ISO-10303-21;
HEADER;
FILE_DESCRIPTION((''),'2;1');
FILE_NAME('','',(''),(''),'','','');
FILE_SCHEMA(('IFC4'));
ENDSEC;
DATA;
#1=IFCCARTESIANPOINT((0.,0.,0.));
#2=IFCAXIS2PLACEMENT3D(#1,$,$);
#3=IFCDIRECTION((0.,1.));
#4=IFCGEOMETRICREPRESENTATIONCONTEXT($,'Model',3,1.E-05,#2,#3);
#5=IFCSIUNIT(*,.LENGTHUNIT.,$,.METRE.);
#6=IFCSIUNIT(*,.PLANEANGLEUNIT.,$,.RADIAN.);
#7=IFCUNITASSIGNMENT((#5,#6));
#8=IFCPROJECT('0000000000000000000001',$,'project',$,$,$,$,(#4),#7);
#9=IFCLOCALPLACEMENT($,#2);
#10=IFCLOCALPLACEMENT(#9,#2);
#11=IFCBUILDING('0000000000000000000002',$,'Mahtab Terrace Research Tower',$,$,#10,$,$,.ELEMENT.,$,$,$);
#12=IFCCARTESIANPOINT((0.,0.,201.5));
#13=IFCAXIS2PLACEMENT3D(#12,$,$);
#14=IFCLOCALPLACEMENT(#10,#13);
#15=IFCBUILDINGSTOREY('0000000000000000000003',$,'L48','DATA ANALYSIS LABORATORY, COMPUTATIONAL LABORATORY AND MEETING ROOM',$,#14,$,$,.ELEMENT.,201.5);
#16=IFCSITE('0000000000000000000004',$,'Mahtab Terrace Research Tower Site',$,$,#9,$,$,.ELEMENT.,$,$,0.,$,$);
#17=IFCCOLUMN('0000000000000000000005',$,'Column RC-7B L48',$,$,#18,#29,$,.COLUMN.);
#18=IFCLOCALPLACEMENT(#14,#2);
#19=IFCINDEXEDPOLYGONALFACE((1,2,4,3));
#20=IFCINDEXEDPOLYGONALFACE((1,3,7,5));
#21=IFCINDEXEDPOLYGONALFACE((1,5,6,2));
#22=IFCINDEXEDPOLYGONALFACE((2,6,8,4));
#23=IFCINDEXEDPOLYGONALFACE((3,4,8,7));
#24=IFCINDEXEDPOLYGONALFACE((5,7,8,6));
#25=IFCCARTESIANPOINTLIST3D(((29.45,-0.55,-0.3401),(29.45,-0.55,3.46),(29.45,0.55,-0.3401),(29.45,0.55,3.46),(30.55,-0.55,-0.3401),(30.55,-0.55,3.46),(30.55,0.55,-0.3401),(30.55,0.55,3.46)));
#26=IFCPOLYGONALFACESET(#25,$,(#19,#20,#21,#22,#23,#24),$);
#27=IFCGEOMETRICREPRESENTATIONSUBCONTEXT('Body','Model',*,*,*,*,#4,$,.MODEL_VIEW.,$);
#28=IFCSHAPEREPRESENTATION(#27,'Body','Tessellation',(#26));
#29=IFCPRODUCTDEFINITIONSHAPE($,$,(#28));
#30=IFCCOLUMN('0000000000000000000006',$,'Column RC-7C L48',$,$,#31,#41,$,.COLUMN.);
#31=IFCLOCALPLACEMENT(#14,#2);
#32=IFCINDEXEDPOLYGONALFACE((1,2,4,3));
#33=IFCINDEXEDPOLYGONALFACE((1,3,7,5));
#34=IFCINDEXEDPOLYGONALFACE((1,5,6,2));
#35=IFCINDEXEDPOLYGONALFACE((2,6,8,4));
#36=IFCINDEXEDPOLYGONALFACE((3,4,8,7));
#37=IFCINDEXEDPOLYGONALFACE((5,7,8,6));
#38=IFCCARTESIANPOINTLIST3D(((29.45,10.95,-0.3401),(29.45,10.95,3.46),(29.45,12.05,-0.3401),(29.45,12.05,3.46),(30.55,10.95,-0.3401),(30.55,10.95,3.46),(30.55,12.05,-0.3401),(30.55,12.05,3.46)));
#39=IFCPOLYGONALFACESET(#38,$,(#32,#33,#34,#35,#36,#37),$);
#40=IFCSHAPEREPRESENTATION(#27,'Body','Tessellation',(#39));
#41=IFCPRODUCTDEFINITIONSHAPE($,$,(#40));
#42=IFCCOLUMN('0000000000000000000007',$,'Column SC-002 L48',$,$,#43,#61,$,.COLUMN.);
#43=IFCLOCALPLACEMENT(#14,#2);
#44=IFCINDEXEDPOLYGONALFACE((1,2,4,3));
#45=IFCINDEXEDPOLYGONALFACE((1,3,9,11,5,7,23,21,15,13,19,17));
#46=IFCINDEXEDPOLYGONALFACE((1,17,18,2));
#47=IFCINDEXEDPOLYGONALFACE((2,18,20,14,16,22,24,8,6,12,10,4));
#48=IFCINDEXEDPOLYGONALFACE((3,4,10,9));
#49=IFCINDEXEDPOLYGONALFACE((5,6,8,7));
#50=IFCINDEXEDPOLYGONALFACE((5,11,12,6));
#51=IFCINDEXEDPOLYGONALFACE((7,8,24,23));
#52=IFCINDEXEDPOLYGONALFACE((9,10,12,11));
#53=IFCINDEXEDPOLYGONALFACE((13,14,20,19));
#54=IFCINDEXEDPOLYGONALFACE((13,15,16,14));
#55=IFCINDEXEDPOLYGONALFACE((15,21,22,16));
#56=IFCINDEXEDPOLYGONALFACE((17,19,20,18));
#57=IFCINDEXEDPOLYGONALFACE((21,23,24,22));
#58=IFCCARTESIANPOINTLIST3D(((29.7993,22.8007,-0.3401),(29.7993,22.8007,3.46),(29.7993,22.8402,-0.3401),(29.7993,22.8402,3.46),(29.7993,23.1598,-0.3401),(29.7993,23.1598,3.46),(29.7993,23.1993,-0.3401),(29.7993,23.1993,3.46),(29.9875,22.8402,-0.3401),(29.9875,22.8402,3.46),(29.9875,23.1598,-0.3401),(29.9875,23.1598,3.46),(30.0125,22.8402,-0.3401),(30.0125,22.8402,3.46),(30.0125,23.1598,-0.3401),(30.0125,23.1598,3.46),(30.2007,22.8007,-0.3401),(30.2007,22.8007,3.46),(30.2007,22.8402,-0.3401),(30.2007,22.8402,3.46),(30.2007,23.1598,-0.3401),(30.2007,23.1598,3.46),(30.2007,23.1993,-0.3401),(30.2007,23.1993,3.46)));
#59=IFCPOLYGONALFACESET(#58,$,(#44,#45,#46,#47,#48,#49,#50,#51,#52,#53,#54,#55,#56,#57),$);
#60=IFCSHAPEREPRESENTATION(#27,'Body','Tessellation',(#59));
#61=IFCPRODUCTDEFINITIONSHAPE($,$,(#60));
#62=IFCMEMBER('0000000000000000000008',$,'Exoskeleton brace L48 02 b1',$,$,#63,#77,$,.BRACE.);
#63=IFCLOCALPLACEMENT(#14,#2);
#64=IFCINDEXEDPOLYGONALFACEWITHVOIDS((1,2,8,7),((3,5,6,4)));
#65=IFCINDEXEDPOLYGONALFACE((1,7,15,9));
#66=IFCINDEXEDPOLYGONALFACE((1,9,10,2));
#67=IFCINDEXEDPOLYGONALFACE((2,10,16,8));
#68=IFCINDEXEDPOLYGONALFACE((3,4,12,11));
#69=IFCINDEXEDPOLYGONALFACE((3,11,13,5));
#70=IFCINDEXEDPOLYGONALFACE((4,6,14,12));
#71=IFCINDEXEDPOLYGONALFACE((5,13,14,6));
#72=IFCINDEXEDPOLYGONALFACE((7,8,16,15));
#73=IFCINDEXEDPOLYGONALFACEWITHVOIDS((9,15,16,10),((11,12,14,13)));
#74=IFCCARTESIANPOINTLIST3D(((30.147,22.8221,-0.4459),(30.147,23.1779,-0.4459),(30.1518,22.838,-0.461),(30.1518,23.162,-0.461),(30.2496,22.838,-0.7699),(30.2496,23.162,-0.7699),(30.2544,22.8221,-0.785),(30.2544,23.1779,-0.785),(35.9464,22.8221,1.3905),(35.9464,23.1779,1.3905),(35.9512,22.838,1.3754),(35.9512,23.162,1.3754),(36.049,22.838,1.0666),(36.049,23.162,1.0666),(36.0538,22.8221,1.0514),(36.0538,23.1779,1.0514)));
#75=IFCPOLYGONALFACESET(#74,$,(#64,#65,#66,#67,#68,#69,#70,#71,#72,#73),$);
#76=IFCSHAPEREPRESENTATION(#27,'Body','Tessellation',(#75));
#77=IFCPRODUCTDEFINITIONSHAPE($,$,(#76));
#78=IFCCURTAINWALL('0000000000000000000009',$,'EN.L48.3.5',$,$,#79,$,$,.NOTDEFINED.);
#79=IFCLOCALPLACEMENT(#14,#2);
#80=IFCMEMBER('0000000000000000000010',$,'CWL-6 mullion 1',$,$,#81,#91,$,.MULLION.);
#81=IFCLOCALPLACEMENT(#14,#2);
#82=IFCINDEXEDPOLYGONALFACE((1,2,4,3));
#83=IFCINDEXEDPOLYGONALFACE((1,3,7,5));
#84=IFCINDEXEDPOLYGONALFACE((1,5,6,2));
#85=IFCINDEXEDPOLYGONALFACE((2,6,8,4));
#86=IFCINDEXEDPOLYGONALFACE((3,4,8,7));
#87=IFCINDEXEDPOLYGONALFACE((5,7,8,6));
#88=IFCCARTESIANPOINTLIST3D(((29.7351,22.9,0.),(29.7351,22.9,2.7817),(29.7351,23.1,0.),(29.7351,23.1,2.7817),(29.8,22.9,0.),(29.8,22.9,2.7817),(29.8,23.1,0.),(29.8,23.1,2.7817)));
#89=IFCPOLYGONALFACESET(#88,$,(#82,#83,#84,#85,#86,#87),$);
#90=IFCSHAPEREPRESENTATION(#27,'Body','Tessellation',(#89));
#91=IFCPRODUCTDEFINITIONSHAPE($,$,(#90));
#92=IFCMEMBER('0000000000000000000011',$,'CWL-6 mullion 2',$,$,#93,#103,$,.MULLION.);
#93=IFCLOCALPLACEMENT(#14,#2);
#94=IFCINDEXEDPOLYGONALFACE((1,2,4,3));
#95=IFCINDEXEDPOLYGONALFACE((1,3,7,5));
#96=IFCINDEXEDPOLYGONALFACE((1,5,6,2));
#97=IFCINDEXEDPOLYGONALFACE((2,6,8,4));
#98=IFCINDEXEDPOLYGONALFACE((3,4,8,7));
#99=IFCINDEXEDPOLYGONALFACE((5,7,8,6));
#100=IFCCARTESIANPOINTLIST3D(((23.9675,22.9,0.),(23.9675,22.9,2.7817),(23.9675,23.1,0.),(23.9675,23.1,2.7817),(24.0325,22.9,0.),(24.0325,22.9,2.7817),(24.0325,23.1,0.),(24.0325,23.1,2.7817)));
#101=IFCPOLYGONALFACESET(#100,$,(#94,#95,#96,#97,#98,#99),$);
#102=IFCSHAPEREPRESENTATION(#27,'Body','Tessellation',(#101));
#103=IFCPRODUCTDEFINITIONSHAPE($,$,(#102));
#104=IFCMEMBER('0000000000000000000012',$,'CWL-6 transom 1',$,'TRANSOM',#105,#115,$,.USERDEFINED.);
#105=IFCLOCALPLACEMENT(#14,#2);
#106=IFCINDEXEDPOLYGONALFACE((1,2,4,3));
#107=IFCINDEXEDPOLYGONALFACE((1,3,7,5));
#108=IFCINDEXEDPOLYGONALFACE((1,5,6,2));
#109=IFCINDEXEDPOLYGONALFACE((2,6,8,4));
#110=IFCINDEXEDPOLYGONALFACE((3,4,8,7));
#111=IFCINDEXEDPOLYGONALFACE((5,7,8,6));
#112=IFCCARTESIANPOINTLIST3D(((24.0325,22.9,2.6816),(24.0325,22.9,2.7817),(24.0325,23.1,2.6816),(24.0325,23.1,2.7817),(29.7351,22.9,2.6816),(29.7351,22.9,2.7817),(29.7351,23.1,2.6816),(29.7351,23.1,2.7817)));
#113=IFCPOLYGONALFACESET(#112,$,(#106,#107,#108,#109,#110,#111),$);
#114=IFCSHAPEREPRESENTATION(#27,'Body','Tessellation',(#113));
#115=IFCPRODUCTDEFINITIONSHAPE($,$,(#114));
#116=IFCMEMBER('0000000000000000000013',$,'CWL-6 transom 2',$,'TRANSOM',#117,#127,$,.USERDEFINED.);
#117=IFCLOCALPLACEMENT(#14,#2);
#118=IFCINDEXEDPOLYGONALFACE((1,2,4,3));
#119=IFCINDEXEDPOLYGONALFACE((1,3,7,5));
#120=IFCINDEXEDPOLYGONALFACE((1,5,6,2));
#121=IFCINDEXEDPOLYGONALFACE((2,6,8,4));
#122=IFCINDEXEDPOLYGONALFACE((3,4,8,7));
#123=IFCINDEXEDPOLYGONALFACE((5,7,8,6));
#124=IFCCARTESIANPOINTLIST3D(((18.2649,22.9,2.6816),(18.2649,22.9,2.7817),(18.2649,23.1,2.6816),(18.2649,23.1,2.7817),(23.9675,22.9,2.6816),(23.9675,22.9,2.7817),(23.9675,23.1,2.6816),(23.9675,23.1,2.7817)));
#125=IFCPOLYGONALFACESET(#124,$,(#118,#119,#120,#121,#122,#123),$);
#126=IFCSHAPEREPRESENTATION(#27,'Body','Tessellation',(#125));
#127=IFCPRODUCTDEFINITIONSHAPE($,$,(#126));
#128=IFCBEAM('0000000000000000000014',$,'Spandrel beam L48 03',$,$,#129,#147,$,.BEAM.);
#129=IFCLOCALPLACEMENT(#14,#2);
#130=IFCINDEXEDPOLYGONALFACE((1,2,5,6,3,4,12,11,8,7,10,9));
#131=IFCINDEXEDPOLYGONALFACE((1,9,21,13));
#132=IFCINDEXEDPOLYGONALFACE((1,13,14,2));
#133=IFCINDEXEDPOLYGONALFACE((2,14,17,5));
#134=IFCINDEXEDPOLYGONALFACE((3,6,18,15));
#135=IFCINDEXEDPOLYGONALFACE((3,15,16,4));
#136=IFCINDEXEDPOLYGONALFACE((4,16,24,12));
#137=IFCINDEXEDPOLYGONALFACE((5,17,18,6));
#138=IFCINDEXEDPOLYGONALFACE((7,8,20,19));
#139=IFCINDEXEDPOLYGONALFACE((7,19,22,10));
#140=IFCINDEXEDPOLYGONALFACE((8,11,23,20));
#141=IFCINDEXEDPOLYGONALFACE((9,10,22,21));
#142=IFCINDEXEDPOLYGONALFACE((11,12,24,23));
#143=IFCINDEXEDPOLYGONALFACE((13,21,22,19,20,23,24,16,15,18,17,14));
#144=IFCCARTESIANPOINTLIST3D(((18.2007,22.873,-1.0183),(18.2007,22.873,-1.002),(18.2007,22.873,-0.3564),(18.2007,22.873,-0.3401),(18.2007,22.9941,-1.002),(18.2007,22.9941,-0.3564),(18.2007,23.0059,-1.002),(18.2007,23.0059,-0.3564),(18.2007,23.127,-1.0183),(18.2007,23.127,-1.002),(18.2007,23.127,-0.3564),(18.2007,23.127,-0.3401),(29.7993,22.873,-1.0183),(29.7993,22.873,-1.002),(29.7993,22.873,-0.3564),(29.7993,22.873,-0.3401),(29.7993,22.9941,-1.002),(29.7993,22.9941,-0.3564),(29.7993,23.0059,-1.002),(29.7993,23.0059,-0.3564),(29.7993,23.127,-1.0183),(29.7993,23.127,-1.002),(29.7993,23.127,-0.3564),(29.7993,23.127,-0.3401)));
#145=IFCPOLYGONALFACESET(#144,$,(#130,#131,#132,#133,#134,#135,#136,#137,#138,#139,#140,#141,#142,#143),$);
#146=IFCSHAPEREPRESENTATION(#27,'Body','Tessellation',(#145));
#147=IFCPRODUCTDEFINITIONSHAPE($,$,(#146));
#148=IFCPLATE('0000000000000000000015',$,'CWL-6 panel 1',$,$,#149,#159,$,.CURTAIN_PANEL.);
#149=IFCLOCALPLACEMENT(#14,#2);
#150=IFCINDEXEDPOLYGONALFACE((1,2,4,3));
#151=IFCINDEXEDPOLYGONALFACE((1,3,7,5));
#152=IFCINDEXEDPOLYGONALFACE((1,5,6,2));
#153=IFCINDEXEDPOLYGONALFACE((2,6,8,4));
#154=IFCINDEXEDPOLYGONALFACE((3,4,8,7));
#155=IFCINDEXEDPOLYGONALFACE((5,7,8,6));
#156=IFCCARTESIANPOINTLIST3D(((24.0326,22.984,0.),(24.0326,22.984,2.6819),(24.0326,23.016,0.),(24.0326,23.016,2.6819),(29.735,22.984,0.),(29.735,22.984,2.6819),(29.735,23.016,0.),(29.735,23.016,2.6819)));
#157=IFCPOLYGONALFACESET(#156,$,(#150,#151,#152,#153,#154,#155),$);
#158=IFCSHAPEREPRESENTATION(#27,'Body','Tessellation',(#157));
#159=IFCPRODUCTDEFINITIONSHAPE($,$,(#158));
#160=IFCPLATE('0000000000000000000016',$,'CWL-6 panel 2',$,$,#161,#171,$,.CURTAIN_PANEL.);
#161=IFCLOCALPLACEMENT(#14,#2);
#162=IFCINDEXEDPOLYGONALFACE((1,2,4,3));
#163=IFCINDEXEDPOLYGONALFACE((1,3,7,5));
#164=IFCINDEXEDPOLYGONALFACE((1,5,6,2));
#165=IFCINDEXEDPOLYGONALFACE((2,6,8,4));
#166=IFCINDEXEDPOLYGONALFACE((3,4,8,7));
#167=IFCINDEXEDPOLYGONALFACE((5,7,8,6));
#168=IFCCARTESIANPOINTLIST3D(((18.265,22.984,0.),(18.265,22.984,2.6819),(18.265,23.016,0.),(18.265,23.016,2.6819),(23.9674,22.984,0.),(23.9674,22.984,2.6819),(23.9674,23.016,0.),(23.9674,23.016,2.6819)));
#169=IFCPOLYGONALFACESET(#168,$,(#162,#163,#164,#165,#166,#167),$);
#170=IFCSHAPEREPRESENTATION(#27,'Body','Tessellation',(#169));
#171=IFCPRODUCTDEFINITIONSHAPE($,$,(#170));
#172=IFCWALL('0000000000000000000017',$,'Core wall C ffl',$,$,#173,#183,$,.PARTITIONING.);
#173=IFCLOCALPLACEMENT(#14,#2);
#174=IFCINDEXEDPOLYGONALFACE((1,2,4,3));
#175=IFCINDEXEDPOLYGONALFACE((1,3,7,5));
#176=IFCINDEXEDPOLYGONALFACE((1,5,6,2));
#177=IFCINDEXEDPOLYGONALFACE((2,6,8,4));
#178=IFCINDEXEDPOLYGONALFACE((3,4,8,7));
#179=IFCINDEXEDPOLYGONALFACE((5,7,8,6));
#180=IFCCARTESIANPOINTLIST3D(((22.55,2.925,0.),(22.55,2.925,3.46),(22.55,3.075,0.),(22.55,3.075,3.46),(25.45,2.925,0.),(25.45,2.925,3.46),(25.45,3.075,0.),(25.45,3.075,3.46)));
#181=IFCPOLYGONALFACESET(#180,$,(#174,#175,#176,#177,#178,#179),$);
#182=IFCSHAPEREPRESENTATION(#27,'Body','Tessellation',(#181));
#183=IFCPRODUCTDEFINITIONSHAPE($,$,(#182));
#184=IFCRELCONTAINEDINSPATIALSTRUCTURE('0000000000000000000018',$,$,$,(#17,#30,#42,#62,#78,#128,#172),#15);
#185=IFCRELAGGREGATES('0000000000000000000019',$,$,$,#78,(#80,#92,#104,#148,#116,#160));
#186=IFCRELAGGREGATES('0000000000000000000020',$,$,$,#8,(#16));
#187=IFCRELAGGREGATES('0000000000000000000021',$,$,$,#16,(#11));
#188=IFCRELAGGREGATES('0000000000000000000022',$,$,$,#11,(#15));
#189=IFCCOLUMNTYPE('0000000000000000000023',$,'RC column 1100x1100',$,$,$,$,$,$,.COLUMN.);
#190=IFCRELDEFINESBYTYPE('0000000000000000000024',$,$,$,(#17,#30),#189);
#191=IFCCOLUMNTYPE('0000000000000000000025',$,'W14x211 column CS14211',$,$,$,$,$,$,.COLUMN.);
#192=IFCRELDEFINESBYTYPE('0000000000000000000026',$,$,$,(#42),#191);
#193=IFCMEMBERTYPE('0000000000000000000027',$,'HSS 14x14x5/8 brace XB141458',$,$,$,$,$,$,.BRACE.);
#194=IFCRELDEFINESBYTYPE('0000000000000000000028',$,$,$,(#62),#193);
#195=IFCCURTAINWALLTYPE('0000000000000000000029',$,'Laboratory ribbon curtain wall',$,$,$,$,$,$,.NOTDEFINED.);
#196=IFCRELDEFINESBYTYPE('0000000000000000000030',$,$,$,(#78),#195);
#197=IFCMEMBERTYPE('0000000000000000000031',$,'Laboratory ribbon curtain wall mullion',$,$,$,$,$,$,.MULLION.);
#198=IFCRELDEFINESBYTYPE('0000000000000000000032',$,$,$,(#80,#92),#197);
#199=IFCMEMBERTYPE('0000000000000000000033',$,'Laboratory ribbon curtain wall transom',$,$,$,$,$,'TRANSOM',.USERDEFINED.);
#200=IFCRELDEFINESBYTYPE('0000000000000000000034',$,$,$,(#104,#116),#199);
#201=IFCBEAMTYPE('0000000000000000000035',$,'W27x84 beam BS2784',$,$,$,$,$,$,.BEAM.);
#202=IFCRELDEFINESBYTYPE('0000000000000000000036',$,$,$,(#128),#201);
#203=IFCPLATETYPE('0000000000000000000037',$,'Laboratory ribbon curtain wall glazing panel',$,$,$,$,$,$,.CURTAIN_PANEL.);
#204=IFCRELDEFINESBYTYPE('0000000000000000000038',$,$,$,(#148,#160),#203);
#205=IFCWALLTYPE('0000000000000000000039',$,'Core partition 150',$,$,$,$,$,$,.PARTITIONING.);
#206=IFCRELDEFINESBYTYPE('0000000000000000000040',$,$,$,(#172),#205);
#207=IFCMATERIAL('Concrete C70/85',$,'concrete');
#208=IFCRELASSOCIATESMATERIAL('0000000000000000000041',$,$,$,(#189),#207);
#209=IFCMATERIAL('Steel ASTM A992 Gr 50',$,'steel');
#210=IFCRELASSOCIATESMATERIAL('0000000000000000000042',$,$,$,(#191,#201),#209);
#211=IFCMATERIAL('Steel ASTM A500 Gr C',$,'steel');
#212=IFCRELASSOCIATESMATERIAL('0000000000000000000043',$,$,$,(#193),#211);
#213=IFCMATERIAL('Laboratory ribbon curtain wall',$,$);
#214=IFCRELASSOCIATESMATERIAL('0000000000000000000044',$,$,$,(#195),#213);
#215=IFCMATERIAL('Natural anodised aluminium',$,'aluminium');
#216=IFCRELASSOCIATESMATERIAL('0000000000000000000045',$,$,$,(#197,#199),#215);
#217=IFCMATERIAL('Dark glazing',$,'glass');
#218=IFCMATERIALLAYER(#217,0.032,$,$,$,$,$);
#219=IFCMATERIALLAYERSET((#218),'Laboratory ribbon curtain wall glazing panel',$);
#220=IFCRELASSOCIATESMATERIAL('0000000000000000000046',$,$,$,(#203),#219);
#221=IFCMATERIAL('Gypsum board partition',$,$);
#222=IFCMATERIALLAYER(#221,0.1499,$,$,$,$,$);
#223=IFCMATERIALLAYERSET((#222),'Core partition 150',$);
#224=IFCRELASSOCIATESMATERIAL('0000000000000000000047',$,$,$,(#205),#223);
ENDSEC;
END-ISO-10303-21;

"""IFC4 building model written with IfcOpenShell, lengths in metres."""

from ifc_helpers import new_model, si_unit, direction, frame, frame_2d, origin, origin_2d, place, context, subcontext, project, spatial, rectangle, hollow_rectangle, i_section, extrude, material, layer, layer_set, material_profile, profile_set, type_object, element, aggregate, save


model = new_model("IFC4")

# Units and contexts
model_context = context("Model", 3, precision=1e-05, world=origin(), true_north=direction((0.0, 1.0)))
body_context = subcontext(model_context, "Body", "Model", "MODEL_VIEW")
ifc_project = project(units=[si_unit("LENGTHUNIT", "METRE"), si_unit("PLANEANGLEUNIT", "RADIAN")], contexts=[model_context])

# Site, building, storey
site_placement = place(None, origin())
site = spatial("IfcSite", under=ifc_project, at=site_placement, Name="Mahtab Terrace Research Tower Site", CompositionType="ELEMENT", RefElevation=0.0)
building_placement = place(site_placement, origin())
building = spatial("IfcBuilding", under=site, at=building_placement, Name="Mahtab Terrace Research Tower", CompositionType="ELEMENT")
storey_placement = place(building_placement, frame((0.0, 0.0, 201.5)))
storey = spatial("IfcBuildingStorey", under=building, at=storey_placement, Name="L48", Description="DATA ANALYSIS LABORATORY, COMPUTATIONAL LABORATORY AND MEETING ROOM", CompositionType="ELEMENT", Elevation=201.5)

# Columns
ifc_material_1 = material(Name="Concrete C70/85", Category="concrete")
ifc_material_profile_1 = material_profile(ifc_material_1, rectangle(XDim=1.1001, YDim=1.1001, at=origin_2d()), Name="RC column 1100x1100")
ifc_profile_set_1 = profile_set([ifc_material_profile_1], Name="Concrete C70/85")
column_type_1 = type_object("IfcColumnType", Name="RC column 1100x1100", PredefinedType="COLUMN", material=ifc_profile_set_1)
for number, where, z_axis, x_axis, name in (
    (1, (30.0, 0.0, -0.3401), (0.0, 0.0, 1.0), (1.0, 0.0, 0.0), "Column RC-7B L48"),
    (2, (30.0, 11.5, -0.3401), (0.0, 0.0, 1.0), (1.0, 0.0, 0.0), "Column RC-7C L48"),
):
    element("IfcColumn", number, at=place(storey_placement, frame(where, z_axis=z_axis, x_axis=x_axis)), inside=storey, type_object=column_type_1, Name=name, PredefinedType="COLUMN", context=body_context, shape_type="SweptSolid", body=[
        extrude(rectangle(XDim=1.1001, YDim=1.1001, at=origin_2d()), origin(), (0.0, 0.0, 1.0), 3.8),
    ])
ifc_material_2 = material(Name="Steel ASTM A992 Gr 50", Category="steel")
ifc_material_profile_2 = material_profile(ifc_material_2, i_section(OverallWidth=0.4014, OverallDepth=0.3987, WebThickness=0.0249, FlangeThickness=0.0396, at=origin_2d()), Name="W14X211")
ifc_profile_set_2 = profile_set([ifc_material_profile_2], Name="Steel ASTM A992 Gr 50")
column_type_2 = type_object("IfcColumnType", Name="W14x211 column CS14211", PredefinedType="COLUMN", material=ifc_profile_set_2)
column_placement = place(storey_placement, frame((30.0, 23.0, -0.3401), z_axis=(0.0, 0.0, 1.0), x_axis=(1.0, 0.0, 0.0)))
element("IfcColumn", 3, at=column_placement, inside=storey, type_object=column_type_2, Name="Column SC-002 L48", PredefinedType="COLUMN", context=body_context, shape_type="SweptSolid", body=[
    extrude(i_section(OverallWidth=0.4014, OverallDepth=0.3987, WebThickness=0.0249, FlangeThickness=0.0396, at=origin_2d()), origin(), (0.0, 0.0, 1.0), 3.8),
])

# Member
ifc_material_3 = material(Name="Steel ASTM A500 Gr C", Category="steel")
ifc_material_profile_3 = material_profile(ifc_material_3, hollow_rectangle(XDim=0.3557, YDim=0.3557, WallThickness=0.0159, at=origin_2d()), Name="HSS14X14X5/8")
ifc_profile_set_3 = profile_set([ifc_material_profile_3], Name="Steel ASTM A500 Gr C")
member_type_1 = type_object("IfcMemberType", Name="HSS 14x14x5/8 brace XB141458", PredefinedType="BRACE", material=ifc_profile_set_3)
member_1_placement = place(storey_placement, frame((30.2007, 23.0, -0.6155), z_axis=(0.953343, 0.0, 0.301888), x_axis=(0.0, 1.0, 0.0)))
element("IfcMember", 4, at=member_1_placement, inside=storey, type_object=member_type_1, Name="Exoskeleton brace L48 02 b1", PredefinedType="BRACE", context=body_context, shape_type="SweptSolid", body=[
    extrude(hollow_rectangle(XDim=0.3557, YDim=0.3557, WallThickness=0.0159, at=origin_2d()), origin(), (0.0, 0.0, 1.0), 6.0833),
])

# Curtain wall, members
ifc_material_4 = material(Name="Laboratory ribbon curtain wall")
curtain_wall_type = type_object("IfcCurtainWallType", Name="Laboratory ribbon curtain wall", PredefinedType="NOTDEFINED", material=ifc_material_4)
curtain_wall_placement = place(storey_placement, origin())
curtain_wall = element("IfcCurtainWall", 5, at=curtain_wall_placement, inside=storey, type_object=curtain_wall_type, Name="EN.L48.3.5", PredefinedType="NOTDEFINED")
ifc_material_5 = material(Name="Natural anodised aluminium", Category="aluminium")
ifc_material_profile_4 = material_profile(ifc_material_5, rectangle(XDim=0.2, YDim=0.0649, at=origin_2d()), Name="MULLION 65x200")
ifc_profile_set_4 = profile_set([ifc_material_profile_4], Name="Natural anodised aluminium")
member_type_2 = type_object("IfcMemberType", Name="Laboratory ribbon curtain wall mullion", PredefinedType="MULLION", material=ifc_profile_set_4)
member_2_placement = place(storey_placement, frame((29.7676, 23.0, 0.0), z_axis=(0.0, 0.0, 1.0), x_axis=(0.0, -1.0, 0.0)))
member_2 = element("IfcMember", 6, at=member_2_placement, type_object=member_type_2, Name="CWL-6 mullion 1", PredefinedType="MULLION", context=body_context, shape_type="SweptSolid", body=[
    extrude(rectangle(XDim=0.2, YDim=0.0649, at=origin_2d()), origin(), (0.0, 0.0, 1.0), 2.7817),
])
member_3_placement = place(storey_placement, frame((24.0, 23.0, 0.0), z_axis=(0.0, 0.0, 1.0), x_axis=(0.0, -1.0, 0.0)))
member_3 = element("IfcMember", 7, at=member_3_placement, type_object=member_type_2, Name="CWL-6 mullion 2", PredefinedType="MULLION", context=body_context, shape_type="SweptSolid", body=[
    extrude(rectangle(XDim=0.2, YDim=0.0649, at=origin_2d()), origin(), (0.0, 0.0, 1.0), 2.7817),
])
ifc_material_profile_5 = material_profile(ifc_material_5, rectangle(XDim=0.2, YDim=0.1001, at=origin_2d()), Name="TRANSOM 100x200")
ifc_profile_set_5 = profile_set([ifc_material_profile_5], Name="Natural anodised aluminium")
member_type_3 = type_object("IfcMemberType", Name="Laboratory ribbon curtain wall transom", ElementType="TRANSOM", PredefinedType="USERDEFINED", material=ifc_profile_set_5)
member_4_placement = place(storey_placement, frame((29.7351, 23.0, 2.7317), z_axis=(-1.0, 0.0, 0.0), x_axis=(0.0, -1.0, 0.0)))
member_4 = element("IfcMember", 8, at=member_4_placement, type_object=member_type_3, Name="CWL-6 transom 1", ObjectType="TRANSOM", PredefinedType="USERDEFINED", context=body_context, shape_type="SweptSolid", body=[
    extrude(rectangle(XDim=0.2, YDim=0.1001, at=origin_2d()), origin(), (0.0, 0.0, 1.0), 5.7026),
])
member_5_placement = place(storey_placement, frame((23.9675, 23.0, 2.7317), z_axis=(-1.0, 0.0, 0.0), x_axis=(0.0, -1.0, 0.0)))
member_5 = element("IfcMember", 9, at=member_5_placement, type_object=member_type_3, Name="CWL-6 transom 2", ObjectType="TRANSOM", PredefinedType="USERDEFINED", context=body_context, shape_type="SweptSolid", body=[
    extrude(rectangle(XDim=0.2, YDim=0.1001, at=origin_2d()), origin(), (0.0, 0.0, 1.0), 5.7026),
])

# Beam
ifc_material_profile_6 = material_profile(ifc_material_2, i_section(OverallWidth=0.2539, OverallDepth=0.6782, WebThickness=0.0117, FlangeThickness=0.0164, at=origin_2d()), Name="W27X84")
ifc_profile_set_6 = profile_set([ifc_material_profile_6], Name="Steel ASTM A992 Gr 50")
beam_type = type_object("IfcBeamType", Name="W27x84 beam BS2784", PredefinedType="BEAM", material=ifc_profile_set_6)
beam_placement = place(storey_placement, frame((29.7993, 23.0, -0.6792), z_axis=(-1.0, 0.0, 0.0), x_axis=(0.0, -1.0, 0.0)))
element("IfcBeam", 10, at=beam_placement, inside=storey, type_object=beam_type, Name="Spandrel beam L48 03", PredefinedType="BEAM", context=body_context, shape_type="SweptSolid", body=[
    extrude(i_section(OverallWidth=0.2539, OverallDepth=0.6782, WebThickness=0.0117, FlangeThickness=0.0164, at=origin_2d()), origin(), (0.0, 0.0, 1.0), 11.5986),
])

# Plates
ifc_material_6 = material(Name="Dark glazing", Category="glass")
ifc_layer_1 = layer(ifc_material_6, 0.032)
ifc_layer_set_1 = layer_set([ifc_layer_1], Name="Laboratory ribbon curtain wall glazing panel")
plate_type = type_object("IfcPlateType", Name="Laboratory ribbon curtain wall glazing panel", PredefinedType="CURTAIN_PANEL", material=ifc_layer_set_1)
plate_1_placement = place(storey_placement, frame((26.8838, 23.0, 0.0), z_axis=(0.0, 0.0, 1.0), x_axis=(-1.0, 0.0, 0.0)))
plate_1 = element("IfcPlate", 11, at=plate_1_placement, type_object=plate_type, Name="CWL-6 panel 1", PredefinedType="CURTAIN_PANEL", context=body_context, shape_type="SweptSolid", body=[
    extrude(rectangle(XDim=5.7024, YDim=0.032, at=origin_2d()), origin(), (0.0, 0.0, 1.0), 2.6819),
])
plate_2_placement = place(storey_placement, frame((21.1162, 23.0, 0.0), z_axis=(0.0, 0.0, 1.0), x_axis=(-1.0, 0.0, 0.0)))
plate_2 = element("IfcPlate", 12, at=plate_2_placement, type_object=plate_type, Name="CWL-6 panel 2", PredefinedType="CURTAIN_PANEL", context=body_context, shape_type="SweptSolid", body=[
    extrude(rectangle(XDim=5.7024, YDim=0.032, at=origin_2d()), origin(), (0.0, 0.0, 1.0), 2.6819),
])
aggregate(curtain_wall, [member_2, member_3, member_4, plate_1, member_5, plate_2])

# Wall
ifc_material_7 = material(Name="Gypsum board partition")
ifc_layer_2 = layer(ifc_material_7, 0.1499)
ifc_layer_set_2 = layer_set([ifc_layer_2], Name="Core partition 150")
wall_type_1 = type_object("IfcWallType", Name="Core partition 150", PredefinedType="PARTITIONING", material=ifc_layer_set_2)
wall_1_placement = place(storey_placement, frame((22.55, 3.0, 0.0), z_axis=(0.0, 0.0, 1.0), x_axis=(1.0, 0.0, 0.0)))
element("IfcWall", 13, at=wall_1_placement, inside=storey, type_object=wall_type_1, Name="Core wall C ffl", PredefinedType="PARTITIONING", context=body_context, shape_type="SweptSolid", body=[
    extrude(rectangle(XDim=2.8999, YDim=0.1499, at=frame_2d((1.45, 0.0))), origin(), (0.0, 0.0, 1.0), 3.46),
])

save(model, "model.ifc")
